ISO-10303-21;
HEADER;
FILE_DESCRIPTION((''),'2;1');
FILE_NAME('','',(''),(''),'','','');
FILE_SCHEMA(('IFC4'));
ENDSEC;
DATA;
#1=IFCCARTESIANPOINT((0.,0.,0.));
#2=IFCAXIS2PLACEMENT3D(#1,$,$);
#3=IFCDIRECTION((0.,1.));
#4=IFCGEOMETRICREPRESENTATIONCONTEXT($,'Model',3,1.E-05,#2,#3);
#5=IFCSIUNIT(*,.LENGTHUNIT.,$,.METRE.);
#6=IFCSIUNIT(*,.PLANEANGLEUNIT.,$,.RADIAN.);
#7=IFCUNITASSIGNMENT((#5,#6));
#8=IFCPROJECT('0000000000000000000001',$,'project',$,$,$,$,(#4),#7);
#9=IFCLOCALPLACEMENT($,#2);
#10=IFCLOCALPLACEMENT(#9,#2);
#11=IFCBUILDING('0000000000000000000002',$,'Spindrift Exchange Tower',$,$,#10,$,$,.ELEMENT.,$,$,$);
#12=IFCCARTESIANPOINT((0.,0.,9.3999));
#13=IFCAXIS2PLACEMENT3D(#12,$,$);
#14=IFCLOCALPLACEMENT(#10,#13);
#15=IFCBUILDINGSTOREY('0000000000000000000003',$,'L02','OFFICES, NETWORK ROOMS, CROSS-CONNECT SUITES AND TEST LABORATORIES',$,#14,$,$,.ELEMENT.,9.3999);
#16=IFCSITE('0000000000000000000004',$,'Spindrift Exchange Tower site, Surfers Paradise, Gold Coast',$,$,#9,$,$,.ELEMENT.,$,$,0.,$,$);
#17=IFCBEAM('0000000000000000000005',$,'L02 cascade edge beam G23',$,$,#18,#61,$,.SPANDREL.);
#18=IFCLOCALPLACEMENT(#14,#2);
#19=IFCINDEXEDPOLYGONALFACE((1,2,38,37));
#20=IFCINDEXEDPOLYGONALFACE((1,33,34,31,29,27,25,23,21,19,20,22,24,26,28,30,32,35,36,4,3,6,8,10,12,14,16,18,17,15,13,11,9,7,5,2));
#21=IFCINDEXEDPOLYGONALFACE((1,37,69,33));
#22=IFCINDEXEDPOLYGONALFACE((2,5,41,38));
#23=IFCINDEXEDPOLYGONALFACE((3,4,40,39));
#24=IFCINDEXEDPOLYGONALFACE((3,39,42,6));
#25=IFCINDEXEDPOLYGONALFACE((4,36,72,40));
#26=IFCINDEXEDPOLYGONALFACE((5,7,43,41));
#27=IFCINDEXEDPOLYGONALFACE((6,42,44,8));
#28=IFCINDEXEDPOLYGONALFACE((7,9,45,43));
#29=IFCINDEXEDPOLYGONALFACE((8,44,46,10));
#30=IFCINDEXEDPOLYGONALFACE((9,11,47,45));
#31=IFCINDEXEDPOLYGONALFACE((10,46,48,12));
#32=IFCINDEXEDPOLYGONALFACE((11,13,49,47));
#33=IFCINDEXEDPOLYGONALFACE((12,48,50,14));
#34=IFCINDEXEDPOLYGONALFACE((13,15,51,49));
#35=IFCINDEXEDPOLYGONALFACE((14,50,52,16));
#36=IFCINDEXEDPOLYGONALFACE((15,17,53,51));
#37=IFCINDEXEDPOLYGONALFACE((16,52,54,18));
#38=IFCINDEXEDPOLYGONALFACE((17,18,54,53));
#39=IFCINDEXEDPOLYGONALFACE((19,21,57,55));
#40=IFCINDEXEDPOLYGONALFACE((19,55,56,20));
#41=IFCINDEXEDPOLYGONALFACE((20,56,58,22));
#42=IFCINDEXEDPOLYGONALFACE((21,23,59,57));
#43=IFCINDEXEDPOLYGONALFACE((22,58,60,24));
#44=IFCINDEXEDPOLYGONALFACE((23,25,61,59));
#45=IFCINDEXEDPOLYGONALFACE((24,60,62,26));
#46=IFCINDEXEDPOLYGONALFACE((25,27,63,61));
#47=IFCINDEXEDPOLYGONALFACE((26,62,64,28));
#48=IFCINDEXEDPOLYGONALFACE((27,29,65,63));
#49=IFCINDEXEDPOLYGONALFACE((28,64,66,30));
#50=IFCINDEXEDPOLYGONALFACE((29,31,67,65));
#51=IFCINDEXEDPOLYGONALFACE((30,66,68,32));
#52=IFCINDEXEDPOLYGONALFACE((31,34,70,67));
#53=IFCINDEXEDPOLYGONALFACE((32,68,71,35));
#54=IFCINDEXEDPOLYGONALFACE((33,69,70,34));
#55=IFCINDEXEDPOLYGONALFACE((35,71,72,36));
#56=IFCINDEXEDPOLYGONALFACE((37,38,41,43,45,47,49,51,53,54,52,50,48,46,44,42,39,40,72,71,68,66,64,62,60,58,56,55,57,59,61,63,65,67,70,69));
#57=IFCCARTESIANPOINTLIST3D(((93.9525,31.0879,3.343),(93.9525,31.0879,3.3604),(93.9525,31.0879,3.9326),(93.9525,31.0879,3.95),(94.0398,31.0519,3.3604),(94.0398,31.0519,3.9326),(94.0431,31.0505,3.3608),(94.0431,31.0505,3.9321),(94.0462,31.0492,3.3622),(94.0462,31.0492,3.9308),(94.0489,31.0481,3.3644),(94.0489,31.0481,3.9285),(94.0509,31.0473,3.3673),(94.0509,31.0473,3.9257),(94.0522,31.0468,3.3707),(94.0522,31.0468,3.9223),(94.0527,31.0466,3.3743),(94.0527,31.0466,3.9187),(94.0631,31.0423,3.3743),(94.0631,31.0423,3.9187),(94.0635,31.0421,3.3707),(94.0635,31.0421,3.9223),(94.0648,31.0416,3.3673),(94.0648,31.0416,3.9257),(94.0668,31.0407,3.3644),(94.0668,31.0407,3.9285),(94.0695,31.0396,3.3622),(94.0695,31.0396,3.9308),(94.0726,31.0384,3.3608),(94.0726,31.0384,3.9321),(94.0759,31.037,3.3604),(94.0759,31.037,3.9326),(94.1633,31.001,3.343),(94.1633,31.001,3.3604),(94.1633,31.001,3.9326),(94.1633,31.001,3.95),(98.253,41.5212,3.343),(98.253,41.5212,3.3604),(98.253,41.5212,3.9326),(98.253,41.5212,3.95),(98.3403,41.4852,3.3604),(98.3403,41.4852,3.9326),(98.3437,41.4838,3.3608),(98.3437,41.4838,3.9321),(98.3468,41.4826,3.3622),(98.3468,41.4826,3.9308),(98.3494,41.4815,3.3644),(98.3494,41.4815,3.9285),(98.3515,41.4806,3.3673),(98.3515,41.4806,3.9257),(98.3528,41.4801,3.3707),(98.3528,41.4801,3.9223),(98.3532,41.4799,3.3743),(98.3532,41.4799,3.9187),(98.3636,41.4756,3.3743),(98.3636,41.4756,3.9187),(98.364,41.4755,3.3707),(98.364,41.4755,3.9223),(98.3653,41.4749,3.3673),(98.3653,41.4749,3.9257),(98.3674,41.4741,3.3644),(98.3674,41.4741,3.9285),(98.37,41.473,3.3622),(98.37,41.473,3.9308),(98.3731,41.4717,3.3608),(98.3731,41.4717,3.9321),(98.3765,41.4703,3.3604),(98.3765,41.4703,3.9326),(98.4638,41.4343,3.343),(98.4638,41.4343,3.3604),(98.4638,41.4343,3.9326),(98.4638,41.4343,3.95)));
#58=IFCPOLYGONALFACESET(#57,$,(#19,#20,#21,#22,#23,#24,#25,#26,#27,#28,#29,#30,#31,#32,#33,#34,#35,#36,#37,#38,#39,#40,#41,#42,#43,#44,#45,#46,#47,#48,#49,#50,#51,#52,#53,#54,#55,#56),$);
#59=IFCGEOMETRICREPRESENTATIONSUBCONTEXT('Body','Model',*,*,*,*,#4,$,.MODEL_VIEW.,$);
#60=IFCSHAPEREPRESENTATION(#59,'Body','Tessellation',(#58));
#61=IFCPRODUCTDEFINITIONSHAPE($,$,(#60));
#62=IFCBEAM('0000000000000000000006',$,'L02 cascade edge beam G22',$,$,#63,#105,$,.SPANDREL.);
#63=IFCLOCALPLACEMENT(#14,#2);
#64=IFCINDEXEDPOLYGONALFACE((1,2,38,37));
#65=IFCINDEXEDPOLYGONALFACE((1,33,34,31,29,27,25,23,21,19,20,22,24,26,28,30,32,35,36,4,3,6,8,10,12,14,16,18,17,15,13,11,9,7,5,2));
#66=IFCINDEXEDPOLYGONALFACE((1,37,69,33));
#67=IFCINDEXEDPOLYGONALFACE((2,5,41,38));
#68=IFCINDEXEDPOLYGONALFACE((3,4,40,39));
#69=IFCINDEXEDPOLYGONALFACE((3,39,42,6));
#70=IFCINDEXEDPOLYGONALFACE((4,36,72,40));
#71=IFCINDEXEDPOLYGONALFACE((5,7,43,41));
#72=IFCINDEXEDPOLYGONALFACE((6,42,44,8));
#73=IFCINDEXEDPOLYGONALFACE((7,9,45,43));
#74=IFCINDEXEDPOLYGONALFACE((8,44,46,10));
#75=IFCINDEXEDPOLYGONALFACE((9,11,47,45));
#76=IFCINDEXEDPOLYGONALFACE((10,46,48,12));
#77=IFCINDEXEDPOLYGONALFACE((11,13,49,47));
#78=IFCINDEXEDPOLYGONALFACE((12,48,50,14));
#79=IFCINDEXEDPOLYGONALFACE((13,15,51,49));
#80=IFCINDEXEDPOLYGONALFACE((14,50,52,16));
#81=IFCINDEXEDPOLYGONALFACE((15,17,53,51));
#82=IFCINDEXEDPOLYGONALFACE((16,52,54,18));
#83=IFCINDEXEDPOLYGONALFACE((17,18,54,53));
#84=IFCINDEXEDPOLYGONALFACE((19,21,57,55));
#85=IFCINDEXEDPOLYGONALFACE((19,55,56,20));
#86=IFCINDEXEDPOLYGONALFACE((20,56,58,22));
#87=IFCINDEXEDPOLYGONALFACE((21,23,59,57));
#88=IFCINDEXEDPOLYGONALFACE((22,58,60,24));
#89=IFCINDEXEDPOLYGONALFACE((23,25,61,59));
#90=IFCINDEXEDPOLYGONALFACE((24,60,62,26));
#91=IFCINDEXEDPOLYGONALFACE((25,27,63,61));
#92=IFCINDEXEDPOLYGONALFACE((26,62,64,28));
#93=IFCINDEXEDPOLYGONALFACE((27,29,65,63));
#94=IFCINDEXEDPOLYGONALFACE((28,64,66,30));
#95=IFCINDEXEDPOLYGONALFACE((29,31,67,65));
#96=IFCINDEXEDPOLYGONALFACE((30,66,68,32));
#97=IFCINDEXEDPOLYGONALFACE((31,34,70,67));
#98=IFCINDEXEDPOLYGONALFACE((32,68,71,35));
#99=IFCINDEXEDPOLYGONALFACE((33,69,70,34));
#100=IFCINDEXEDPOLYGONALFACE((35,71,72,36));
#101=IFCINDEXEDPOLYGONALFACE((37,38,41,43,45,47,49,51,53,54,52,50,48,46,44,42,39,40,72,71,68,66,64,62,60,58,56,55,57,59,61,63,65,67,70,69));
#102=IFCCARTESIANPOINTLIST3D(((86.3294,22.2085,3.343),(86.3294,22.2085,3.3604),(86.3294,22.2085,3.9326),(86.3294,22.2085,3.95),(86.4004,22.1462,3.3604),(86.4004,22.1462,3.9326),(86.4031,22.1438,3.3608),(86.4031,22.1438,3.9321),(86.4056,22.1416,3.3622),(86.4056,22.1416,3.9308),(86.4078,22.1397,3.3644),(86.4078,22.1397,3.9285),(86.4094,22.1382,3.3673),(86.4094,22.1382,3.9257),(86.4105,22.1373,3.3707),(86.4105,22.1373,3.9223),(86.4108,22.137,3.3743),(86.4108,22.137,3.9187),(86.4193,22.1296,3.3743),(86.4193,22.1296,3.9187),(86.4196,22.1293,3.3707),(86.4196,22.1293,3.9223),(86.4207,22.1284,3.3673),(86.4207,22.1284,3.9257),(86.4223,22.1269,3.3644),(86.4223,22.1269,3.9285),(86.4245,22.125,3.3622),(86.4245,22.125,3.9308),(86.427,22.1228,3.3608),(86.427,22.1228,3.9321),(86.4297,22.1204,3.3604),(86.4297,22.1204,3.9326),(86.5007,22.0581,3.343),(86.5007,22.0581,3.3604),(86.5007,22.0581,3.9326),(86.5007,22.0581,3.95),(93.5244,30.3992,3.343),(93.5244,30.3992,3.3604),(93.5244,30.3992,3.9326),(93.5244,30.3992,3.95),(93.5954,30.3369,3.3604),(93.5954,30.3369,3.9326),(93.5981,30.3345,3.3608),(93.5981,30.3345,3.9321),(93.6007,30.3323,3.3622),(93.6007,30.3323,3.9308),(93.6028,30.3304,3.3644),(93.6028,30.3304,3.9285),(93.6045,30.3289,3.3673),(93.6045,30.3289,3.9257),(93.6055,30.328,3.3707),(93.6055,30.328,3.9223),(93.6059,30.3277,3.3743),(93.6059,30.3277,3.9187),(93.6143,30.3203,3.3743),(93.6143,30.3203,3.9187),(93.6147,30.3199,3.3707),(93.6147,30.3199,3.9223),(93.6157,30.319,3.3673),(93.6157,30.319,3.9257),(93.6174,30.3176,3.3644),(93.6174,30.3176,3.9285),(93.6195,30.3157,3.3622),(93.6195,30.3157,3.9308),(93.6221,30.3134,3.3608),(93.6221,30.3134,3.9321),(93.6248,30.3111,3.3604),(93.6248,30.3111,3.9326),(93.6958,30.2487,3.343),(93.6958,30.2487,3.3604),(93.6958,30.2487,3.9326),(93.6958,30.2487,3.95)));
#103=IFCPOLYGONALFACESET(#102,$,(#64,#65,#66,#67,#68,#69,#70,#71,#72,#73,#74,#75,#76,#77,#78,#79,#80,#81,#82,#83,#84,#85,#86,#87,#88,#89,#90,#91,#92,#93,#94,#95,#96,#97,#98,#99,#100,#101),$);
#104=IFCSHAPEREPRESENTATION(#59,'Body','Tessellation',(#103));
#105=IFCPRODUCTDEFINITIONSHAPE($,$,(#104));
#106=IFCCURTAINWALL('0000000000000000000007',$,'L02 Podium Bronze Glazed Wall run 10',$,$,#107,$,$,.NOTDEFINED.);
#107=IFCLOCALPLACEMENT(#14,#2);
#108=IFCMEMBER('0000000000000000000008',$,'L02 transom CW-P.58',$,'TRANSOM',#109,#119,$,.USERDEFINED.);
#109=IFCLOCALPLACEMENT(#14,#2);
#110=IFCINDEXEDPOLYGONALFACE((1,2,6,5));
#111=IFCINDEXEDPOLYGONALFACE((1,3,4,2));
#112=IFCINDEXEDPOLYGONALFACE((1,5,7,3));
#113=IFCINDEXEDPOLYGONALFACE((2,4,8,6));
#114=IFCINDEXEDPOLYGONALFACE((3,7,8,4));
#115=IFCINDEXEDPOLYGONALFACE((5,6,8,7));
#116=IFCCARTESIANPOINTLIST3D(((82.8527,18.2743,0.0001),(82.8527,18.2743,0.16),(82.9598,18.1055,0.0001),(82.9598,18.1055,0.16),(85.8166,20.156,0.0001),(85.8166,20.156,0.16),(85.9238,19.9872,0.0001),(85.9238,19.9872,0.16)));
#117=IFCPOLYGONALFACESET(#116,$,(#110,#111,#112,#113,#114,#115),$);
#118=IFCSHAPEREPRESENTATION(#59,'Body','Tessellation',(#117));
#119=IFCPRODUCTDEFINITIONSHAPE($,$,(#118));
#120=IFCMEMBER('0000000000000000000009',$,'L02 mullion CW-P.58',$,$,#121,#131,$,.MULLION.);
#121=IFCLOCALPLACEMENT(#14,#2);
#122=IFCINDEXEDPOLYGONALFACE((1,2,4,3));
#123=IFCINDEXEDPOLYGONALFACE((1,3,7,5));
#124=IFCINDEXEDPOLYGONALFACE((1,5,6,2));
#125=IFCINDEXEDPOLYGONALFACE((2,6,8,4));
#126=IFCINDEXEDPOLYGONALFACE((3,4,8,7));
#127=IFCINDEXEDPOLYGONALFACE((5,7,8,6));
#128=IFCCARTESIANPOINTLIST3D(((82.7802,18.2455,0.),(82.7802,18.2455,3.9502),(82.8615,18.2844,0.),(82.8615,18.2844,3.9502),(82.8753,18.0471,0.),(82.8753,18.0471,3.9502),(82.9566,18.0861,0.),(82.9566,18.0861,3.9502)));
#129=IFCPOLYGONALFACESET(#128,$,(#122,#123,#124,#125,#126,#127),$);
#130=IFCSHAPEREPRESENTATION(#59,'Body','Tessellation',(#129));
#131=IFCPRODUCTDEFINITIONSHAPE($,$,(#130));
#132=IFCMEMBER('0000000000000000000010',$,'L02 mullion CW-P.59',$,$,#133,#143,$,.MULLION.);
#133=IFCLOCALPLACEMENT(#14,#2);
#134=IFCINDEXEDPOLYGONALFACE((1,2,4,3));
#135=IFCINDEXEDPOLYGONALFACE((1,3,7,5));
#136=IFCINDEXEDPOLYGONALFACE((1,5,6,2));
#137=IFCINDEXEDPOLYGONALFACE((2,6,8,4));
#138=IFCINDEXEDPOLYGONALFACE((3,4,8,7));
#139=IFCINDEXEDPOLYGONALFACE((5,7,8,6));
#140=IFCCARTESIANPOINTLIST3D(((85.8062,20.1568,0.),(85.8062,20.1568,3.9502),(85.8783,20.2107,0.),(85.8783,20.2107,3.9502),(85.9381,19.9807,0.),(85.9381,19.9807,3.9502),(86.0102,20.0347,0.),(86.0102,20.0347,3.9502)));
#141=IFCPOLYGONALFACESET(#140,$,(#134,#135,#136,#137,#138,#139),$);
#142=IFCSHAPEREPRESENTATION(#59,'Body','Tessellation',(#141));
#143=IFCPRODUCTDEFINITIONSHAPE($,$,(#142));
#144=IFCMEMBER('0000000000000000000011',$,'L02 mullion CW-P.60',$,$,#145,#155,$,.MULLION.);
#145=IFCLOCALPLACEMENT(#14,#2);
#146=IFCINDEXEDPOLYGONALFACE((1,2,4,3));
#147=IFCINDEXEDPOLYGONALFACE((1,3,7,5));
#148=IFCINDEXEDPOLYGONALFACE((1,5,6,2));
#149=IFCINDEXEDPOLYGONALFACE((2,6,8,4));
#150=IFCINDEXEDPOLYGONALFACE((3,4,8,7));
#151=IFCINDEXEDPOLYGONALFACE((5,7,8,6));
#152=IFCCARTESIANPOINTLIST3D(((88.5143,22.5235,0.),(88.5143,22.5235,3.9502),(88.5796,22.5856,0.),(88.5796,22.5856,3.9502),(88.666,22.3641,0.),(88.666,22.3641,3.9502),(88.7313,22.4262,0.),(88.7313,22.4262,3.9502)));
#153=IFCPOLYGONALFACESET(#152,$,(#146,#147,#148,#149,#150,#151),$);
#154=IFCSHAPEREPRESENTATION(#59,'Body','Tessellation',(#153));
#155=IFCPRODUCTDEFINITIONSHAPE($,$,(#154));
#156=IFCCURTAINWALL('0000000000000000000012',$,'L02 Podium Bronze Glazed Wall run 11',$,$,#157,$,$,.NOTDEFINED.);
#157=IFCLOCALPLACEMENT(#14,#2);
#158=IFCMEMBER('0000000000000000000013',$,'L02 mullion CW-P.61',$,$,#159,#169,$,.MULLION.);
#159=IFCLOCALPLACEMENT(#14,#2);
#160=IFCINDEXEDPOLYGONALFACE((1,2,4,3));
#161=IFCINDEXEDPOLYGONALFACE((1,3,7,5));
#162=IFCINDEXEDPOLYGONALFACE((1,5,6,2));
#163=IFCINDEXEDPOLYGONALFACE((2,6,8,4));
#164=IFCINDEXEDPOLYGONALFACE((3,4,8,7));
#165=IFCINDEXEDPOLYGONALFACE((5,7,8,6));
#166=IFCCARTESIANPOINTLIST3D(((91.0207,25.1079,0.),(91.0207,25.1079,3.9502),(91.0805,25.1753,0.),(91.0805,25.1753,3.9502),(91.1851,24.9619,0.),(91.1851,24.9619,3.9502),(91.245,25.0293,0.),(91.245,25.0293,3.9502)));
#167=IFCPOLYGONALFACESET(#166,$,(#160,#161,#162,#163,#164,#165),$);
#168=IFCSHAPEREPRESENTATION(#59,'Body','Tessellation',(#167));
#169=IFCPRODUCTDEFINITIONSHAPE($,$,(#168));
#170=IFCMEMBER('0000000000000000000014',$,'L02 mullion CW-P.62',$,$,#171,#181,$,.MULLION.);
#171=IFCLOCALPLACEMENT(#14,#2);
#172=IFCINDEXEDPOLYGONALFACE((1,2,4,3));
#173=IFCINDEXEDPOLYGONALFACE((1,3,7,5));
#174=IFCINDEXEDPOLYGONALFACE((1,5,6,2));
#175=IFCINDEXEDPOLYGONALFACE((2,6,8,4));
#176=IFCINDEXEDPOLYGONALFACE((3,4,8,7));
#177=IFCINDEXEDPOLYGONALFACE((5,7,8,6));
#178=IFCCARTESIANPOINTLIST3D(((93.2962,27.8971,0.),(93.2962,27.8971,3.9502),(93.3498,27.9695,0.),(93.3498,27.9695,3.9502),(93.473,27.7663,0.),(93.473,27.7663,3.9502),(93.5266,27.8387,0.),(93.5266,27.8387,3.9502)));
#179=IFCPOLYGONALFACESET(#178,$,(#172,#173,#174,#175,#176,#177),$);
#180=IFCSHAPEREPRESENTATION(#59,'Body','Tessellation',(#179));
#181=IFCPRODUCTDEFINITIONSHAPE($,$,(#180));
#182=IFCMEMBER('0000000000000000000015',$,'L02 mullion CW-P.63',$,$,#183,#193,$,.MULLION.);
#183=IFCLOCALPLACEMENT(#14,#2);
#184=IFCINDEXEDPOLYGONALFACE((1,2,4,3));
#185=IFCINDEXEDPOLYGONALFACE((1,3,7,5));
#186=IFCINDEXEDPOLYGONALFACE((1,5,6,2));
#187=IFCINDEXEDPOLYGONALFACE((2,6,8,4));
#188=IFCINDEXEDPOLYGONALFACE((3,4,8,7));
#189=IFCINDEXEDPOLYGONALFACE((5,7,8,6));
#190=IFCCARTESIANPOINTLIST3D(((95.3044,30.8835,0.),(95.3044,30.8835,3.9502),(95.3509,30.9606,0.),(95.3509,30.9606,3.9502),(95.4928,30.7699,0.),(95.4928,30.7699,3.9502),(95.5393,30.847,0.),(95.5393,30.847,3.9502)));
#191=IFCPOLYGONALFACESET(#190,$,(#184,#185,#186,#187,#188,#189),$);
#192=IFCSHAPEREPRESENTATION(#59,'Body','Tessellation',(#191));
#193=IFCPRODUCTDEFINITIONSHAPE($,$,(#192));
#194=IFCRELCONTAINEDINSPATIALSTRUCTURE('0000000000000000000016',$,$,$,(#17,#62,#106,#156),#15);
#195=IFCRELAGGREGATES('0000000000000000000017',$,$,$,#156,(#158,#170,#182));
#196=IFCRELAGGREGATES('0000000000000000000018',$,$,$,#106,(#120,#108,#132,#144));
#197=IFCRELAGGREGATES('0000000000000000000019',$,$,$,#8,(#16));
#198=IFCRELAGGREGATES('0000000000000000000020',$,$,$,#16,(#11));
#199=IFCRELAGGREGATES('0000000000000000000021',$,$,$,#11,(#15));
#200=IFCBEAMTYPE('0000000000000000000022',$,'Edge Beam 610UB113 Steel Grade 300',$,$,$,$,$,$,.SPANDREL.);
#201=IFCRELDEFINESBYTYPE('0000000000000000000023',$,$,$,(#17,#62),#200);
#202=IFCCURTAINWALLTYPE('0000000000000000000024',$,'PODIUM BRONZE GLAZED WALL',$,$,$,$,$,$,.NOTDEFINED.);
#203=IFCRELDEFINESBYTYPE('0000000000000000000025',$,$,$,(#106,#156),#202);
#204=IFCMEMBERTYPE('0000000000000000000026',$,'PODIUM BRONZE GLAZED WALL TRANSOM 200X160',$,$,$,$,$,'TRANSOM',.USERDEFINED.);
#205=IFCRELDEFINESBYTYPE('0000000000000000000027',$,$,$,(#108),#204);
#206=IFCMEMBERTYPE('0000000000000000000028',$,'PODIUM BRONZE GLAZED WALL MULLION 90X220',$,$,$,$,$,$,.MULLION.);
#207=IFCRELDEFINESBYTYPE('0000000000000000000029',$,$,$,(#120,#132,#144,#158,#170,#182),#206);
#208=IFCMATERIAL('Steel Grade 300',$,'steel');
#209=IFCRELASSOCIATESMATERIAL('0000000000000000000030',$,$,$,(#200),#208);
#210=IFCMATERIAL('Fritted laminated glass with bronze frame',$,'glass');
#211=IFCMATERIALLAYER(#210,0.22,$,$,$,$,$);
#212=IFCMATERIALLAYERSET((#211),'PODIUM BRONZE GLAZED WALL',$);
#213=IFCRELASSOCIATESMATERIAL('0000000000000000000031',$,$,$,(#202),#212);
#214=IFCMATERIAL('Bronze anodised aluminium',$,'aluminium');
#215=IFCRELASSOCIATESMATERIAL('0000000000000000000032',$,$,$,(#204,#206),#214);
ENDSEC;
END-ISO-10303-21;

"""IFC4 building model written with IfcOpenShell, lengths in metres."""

from ifc_helpers import new_model, si_unit, direction, frame, origin, origin_2d, place, context, subcontext, project, spatial, rectangle, i_section, extrude, source, transform, mapped, material, layer, layer_set, material_profile, profile_set, type_object, element, aggregate, save


model = new_model("IFC4")

# Units and contexts
model_context = context("Model", 3, precision=1e-05, world=origin(), true_north=direction((0.0, 1.0)))
body_context = subcontext(model_context, "Body", "Model", "MODEL_VIEW")
ifc_project = project(units=[si_unit("LENGTHUNIT", "METRE"), si_unit("PLANEANGLEUNIT", "RADIAN")], contexts=[model_context])

# Site, building, storey
site_placement = place(None, origin())
site = spatial("IfcSite", under=ifc_project, at=site_placement, Name="Spindrift Exchange Tower site, Surfers Paradise, Gold Coast", CompositionType="ELEMENT", RefElevation=0.0)
building_placement = place(site_placement, origin())
building = spatial("IfcBuilding", under=site, at=building_placement, Name="Spindrift Exchange Tower", CompositionType="ELEMENT")
storey_placement = place(building_placement, frame((0.0, 0.0, 9.3999)))
storey = spatial("IfcBuildingStorey", under=building, at=storey_placement, Name="L02", Description="OFFICES, NETWORK ROOMS, CROSS-CONNECT SUITES AND TEST LABORATORIES", CompositionType="ELEMENT", Elevation=9.3999)

# Beams
ifc_material_1 = material(Name="Steel Grade 300", Category="steel")
ifc_material_profile_1 = material_profile(ifc_material_1, i_section(OverallWidth=0.228, OverallDepth=0.6069, WebThickness=0.0112, FlangeThickness=0.0173, FilletRadius=0.0139, at=origin_2d()), Name="610UB113")
ifc_profile_set_1 = profile_set([ifc_material_profile_1], Name="Steel Grade 300")
beam_type_1 = type_object("IfcBeamType", Name="Edge Beam 610UB113 Steel Grade 300", PredefinedType="SPANDREL", material=ifc_profile_set_1)
shared_shape_1 = source(origin(), body_context, "Body", "SweptSolid", [
    extrude(i_section(OverallWidth=0.228, OverallDepth=0.6069, WebThickness=0.0112, FlangeThickness=0.0173, FilletRadius=0.0139, at=origin_2d()), origin(), (0.0, 0.0, 1.0), 11.2849),
])
beam_1_placement = place(storey_placement, frame((94.0579, 31.0444, 3.6465), z_axis=(0.381087, 0.924539, 0.0), x_axis=(-0.924539, 0.381087, 0.0)))
element("IfcBeam", 1, at=beam_1_placement, inside=storey, type_object=beam_type_1, Name="L02 cascade edge beam G23", PredefinedType="SPANDREL", context=body_context, shape_type="MappedRepresentation", body=[
    mapped(shared_shape_1, transform((0.0, 0.0, 0.0), scale=1.0)),
])
shared_shape_2 = source(origin(), body_context, "Body", "SweptSolid", [
    extrude(i_section(OverallWidth=0.228, OverallDepth=0.6069, WebThickness=0.0112, FlangeThickness=0.0173, FilletRadius=0.0139, at=origin_2d()), origin(), (0.0, 0.0, 1.0), 10.9021),
])
beam_2_placement = place(storey_placement, frame((86.415, 22.1333, 3.6465), z_axis=(0.65997, 0.751292, 0.0), x_axis=(-0.751292, 0.65997, 0.0)))
element("IfcBeam", 2, at=beam_2_placement, inside=storey, type_object=beam_type_1, Name="L02 cascade edge beam G22", PredefinedType="SPANDREL", context=body_context, shape_type="MappedRepresentation", body=[
    mapped(shared_shape_2, transform((0.0, 0.0, 0.0), scale=1.0)),
])

# Curtain walls, members
ifc_material_2 = material(Name="Fritted laminated glass with bronze frame", Category="glass")
ifc_layer_1 = layer(ifc_material_2, 0.22)
ifc_layer_set_1 = layer_set([ifc_layer_1], Name="PODIUM BRONZE GLAZED WALL")
curtain_wall_type = type_object("IfcCurtainWallType", Name="PODIUM BRONZE GLAZED WALL", PredefinedType="NOTDEFINED", material=ifc_layer_set_1)
curtain_wall_1_placement = place(storey_placement, origin())
curtain_wall_1 = element("IfcCurtainWall", 3, at=curtain_wall_1_placement, inside=storey, type_object=curtain_wall_type, Name="L02 Podium Bronze Glazed Wall run 10", PredefinedType="NOTDEFINED")
ifc_material_3 = material(Name="Bronze anodised aluminium", Category="aluminium")
ifc_material_profile_2 = material_profile(ifc_material_3, rectangle(XDim=0.2, YDim=0.1599, at=origin_2d()), Name="PODIUM BRONZE GLAZED WALL TRANSOM 200X160")
ifc_profile_set_2 = profile_set([ifc_material_profile_2], Name="Bronze anodised aluminium")
member_type_1 = type_object("IfcMemberType", Name="PODIUM BRONZE GLAZED WALL TRANSOM 200X160", ElementType="TRANSOM", PredefinedType="USERDEFINED", material=ifc_profile_set_2)
shared_shape_3 = source(origin(), body_context, "Body", "SweptSolid", [
    extrude(rectangle(XDim=0.2, YDim=0.1599, at=origin_2d()), origin(), (0.0, 0.0, 1.0), 3.5107),
])
member_1_placement = place(storey_placement, frame((82.9062, 18.1899, 0.0801), z_axis=(0.844242, 0.535962, 0.0), x_axis=(-0.535962, 0.844242, 0.0)))
member_1 = element("IfcMember", 4, at=member_1_placement, type_object=member_type_1, Name="L02 transom CW-P.58", ObjectType="TRANSOM", PredefinedType="USERDEFINED", context=body_context, shape_type="MappedRepresentation", body=[
    mapped(shared_shape_3, transform((0.0, 0.0, 0.0), scale=1.0)),
])
ifc_material_profile_3 = material_profile(ifc_material_3, rectangle(XDim=0.0901, YDim=0.22, at=origin_2d()), Name="PODIUM BRONZE GLAZED WALL MULLION 90X220")
ifc_profile_set_3 = profile_set([ifc_material_profile_3], Name="Bronze anodised aluminium")
member_type_2 = type_object("IfcMemberType", Name="PODIUM BRONZE GLAZED WALL MULLION 90X220", PredefinedType="MULLION", material=ifc_profile_set_3)
shared_shape_4 = source(origin(), body_context, "Body", "SweptSolid", [
    extrude(rectangle(XDim=0.0901, YDim=0.22, at=origin_2d()), origin(), (0.0, 0.0, 1.0), 3.9502),
])
member_2_placement = place(storey_placement, frame((82.8684, 18.1658, 0.0), z_axis=(0.0, 0.0, 1.0), x_axis=(0.901735, 0.432288, 0.0)))
member_2 = element("IfcMember", 5, at=member_2_placement, type_object=member_type_2, Name="L02 mullion CW-P.58", PredefinedType="MULLION", context=body_context, shape_type="MappedRepresentation", body=[
    mapped(shared_shape_4, transform((0.0, 0.0, 0.0), scale=1.0)),
])
member_3_placement = place(storey_placement, frame((85.9082, 20.0957, 0.0), z_axis=(0.0, 0.0, 1.0), x_axis=(0.800512, 0.599317, 0.0)))
member_3 = element("IfcMember", 6, at=member_3_placement, type_object=member_type_2, Name="L02 mullion CW-P.59", PredefinedType="MULLION", context=body_context, shape_type="MappedRepresentation", body=[
    mapped(shared_shape_4, transform((0.0, 0.0, 0.0), scale=1.0)),
])
member_4_placement = place(storey_placement, frame((88.6228, 22.4749, 0.0), z_axis=(0.0, 0.0, 1.0), x_axis=(0.724338, 0.689445, 0.0)))
member_4 = element("IfcMember", 7, at=member_4_placement, type_object=member_type_2, Name="L02 mullion CW-P.60", PredefinedType="MULLION", context=body_context, shape_type="MappedRepresentation", body=[
    mapped(shared_shape_4, transform((0.0, 0.0, 0.0), scale=1.0)),
])
curtain_wall_2_placement = place(storey_placement, origin())
curtain_wall_2 = element("IfcCurtainWall", 8, at=curtain_wall_2_placement, inside=storey, type_object=curtain_wall_type, Name="L02 Podium Bronze Glazed Wall run 11", PredefinedType="NOTDEFINED")
member_5_placement = place(storey_placement, frame((91.1328, 25.0686, 0.0), z_axis=(0.0, 0.0, 1.0), x_axis=(0.66397, 0.747759, 0.0)))
member_5 = element("IfcMember", 9, at=member_5_placement, type_object=member_type_2, Name="L02 mullion CW-P.61", PredefinedType="MULLION", context=body_context, shape_type="MappedRepresentation", body=[
    mapped(shared_shape_4, transform((0.0, 0.0, 0.0), scale=1.0)),
])
member_6_placement = place(storey_placement, frame((93.4114, 27.8679, 0.0), z_axis=(0.0, 0.0, 1.0), x_axis=(0.594808, 0.803868, 0.0)))
member_6 = element("IfcMember", 10, at=member_6_placement, type_object=member_type_2, Name="L02 mullion CW-P.62", PredefinedType="MULLION", context=body_context, shape_type="MappedRepresentation", body=[
    mapped(shared_shape_4, transform((0.0, 0.0, 0.0), scale=1.0)),
])
member_7_placement = place(storey_placement, frame((95.4219, 30.8652, 0.0), z_axis=(0.0, 0.0, 1.0), x_axis=(0.516362, 0.856371, 0.0)))
member_7 = element("IfcMember", 11, at=member_7_placement, type_object=member_type_2, Name="L02 mullion CW-P.63", PredefinedType="MULLION", context=body_context, shape_type="MappedRepresentation", body=[
    mapped(shared_shape_4, transform((0.0, 0.0, 0.0), scale=1.0)),
])

aggregate(curtain_wall_2, [member_5, member_6, member_7])
aggregate(curtain_wall_1, [member_2, member_1, member_3, member_4])

save(model, "model.ifc")
